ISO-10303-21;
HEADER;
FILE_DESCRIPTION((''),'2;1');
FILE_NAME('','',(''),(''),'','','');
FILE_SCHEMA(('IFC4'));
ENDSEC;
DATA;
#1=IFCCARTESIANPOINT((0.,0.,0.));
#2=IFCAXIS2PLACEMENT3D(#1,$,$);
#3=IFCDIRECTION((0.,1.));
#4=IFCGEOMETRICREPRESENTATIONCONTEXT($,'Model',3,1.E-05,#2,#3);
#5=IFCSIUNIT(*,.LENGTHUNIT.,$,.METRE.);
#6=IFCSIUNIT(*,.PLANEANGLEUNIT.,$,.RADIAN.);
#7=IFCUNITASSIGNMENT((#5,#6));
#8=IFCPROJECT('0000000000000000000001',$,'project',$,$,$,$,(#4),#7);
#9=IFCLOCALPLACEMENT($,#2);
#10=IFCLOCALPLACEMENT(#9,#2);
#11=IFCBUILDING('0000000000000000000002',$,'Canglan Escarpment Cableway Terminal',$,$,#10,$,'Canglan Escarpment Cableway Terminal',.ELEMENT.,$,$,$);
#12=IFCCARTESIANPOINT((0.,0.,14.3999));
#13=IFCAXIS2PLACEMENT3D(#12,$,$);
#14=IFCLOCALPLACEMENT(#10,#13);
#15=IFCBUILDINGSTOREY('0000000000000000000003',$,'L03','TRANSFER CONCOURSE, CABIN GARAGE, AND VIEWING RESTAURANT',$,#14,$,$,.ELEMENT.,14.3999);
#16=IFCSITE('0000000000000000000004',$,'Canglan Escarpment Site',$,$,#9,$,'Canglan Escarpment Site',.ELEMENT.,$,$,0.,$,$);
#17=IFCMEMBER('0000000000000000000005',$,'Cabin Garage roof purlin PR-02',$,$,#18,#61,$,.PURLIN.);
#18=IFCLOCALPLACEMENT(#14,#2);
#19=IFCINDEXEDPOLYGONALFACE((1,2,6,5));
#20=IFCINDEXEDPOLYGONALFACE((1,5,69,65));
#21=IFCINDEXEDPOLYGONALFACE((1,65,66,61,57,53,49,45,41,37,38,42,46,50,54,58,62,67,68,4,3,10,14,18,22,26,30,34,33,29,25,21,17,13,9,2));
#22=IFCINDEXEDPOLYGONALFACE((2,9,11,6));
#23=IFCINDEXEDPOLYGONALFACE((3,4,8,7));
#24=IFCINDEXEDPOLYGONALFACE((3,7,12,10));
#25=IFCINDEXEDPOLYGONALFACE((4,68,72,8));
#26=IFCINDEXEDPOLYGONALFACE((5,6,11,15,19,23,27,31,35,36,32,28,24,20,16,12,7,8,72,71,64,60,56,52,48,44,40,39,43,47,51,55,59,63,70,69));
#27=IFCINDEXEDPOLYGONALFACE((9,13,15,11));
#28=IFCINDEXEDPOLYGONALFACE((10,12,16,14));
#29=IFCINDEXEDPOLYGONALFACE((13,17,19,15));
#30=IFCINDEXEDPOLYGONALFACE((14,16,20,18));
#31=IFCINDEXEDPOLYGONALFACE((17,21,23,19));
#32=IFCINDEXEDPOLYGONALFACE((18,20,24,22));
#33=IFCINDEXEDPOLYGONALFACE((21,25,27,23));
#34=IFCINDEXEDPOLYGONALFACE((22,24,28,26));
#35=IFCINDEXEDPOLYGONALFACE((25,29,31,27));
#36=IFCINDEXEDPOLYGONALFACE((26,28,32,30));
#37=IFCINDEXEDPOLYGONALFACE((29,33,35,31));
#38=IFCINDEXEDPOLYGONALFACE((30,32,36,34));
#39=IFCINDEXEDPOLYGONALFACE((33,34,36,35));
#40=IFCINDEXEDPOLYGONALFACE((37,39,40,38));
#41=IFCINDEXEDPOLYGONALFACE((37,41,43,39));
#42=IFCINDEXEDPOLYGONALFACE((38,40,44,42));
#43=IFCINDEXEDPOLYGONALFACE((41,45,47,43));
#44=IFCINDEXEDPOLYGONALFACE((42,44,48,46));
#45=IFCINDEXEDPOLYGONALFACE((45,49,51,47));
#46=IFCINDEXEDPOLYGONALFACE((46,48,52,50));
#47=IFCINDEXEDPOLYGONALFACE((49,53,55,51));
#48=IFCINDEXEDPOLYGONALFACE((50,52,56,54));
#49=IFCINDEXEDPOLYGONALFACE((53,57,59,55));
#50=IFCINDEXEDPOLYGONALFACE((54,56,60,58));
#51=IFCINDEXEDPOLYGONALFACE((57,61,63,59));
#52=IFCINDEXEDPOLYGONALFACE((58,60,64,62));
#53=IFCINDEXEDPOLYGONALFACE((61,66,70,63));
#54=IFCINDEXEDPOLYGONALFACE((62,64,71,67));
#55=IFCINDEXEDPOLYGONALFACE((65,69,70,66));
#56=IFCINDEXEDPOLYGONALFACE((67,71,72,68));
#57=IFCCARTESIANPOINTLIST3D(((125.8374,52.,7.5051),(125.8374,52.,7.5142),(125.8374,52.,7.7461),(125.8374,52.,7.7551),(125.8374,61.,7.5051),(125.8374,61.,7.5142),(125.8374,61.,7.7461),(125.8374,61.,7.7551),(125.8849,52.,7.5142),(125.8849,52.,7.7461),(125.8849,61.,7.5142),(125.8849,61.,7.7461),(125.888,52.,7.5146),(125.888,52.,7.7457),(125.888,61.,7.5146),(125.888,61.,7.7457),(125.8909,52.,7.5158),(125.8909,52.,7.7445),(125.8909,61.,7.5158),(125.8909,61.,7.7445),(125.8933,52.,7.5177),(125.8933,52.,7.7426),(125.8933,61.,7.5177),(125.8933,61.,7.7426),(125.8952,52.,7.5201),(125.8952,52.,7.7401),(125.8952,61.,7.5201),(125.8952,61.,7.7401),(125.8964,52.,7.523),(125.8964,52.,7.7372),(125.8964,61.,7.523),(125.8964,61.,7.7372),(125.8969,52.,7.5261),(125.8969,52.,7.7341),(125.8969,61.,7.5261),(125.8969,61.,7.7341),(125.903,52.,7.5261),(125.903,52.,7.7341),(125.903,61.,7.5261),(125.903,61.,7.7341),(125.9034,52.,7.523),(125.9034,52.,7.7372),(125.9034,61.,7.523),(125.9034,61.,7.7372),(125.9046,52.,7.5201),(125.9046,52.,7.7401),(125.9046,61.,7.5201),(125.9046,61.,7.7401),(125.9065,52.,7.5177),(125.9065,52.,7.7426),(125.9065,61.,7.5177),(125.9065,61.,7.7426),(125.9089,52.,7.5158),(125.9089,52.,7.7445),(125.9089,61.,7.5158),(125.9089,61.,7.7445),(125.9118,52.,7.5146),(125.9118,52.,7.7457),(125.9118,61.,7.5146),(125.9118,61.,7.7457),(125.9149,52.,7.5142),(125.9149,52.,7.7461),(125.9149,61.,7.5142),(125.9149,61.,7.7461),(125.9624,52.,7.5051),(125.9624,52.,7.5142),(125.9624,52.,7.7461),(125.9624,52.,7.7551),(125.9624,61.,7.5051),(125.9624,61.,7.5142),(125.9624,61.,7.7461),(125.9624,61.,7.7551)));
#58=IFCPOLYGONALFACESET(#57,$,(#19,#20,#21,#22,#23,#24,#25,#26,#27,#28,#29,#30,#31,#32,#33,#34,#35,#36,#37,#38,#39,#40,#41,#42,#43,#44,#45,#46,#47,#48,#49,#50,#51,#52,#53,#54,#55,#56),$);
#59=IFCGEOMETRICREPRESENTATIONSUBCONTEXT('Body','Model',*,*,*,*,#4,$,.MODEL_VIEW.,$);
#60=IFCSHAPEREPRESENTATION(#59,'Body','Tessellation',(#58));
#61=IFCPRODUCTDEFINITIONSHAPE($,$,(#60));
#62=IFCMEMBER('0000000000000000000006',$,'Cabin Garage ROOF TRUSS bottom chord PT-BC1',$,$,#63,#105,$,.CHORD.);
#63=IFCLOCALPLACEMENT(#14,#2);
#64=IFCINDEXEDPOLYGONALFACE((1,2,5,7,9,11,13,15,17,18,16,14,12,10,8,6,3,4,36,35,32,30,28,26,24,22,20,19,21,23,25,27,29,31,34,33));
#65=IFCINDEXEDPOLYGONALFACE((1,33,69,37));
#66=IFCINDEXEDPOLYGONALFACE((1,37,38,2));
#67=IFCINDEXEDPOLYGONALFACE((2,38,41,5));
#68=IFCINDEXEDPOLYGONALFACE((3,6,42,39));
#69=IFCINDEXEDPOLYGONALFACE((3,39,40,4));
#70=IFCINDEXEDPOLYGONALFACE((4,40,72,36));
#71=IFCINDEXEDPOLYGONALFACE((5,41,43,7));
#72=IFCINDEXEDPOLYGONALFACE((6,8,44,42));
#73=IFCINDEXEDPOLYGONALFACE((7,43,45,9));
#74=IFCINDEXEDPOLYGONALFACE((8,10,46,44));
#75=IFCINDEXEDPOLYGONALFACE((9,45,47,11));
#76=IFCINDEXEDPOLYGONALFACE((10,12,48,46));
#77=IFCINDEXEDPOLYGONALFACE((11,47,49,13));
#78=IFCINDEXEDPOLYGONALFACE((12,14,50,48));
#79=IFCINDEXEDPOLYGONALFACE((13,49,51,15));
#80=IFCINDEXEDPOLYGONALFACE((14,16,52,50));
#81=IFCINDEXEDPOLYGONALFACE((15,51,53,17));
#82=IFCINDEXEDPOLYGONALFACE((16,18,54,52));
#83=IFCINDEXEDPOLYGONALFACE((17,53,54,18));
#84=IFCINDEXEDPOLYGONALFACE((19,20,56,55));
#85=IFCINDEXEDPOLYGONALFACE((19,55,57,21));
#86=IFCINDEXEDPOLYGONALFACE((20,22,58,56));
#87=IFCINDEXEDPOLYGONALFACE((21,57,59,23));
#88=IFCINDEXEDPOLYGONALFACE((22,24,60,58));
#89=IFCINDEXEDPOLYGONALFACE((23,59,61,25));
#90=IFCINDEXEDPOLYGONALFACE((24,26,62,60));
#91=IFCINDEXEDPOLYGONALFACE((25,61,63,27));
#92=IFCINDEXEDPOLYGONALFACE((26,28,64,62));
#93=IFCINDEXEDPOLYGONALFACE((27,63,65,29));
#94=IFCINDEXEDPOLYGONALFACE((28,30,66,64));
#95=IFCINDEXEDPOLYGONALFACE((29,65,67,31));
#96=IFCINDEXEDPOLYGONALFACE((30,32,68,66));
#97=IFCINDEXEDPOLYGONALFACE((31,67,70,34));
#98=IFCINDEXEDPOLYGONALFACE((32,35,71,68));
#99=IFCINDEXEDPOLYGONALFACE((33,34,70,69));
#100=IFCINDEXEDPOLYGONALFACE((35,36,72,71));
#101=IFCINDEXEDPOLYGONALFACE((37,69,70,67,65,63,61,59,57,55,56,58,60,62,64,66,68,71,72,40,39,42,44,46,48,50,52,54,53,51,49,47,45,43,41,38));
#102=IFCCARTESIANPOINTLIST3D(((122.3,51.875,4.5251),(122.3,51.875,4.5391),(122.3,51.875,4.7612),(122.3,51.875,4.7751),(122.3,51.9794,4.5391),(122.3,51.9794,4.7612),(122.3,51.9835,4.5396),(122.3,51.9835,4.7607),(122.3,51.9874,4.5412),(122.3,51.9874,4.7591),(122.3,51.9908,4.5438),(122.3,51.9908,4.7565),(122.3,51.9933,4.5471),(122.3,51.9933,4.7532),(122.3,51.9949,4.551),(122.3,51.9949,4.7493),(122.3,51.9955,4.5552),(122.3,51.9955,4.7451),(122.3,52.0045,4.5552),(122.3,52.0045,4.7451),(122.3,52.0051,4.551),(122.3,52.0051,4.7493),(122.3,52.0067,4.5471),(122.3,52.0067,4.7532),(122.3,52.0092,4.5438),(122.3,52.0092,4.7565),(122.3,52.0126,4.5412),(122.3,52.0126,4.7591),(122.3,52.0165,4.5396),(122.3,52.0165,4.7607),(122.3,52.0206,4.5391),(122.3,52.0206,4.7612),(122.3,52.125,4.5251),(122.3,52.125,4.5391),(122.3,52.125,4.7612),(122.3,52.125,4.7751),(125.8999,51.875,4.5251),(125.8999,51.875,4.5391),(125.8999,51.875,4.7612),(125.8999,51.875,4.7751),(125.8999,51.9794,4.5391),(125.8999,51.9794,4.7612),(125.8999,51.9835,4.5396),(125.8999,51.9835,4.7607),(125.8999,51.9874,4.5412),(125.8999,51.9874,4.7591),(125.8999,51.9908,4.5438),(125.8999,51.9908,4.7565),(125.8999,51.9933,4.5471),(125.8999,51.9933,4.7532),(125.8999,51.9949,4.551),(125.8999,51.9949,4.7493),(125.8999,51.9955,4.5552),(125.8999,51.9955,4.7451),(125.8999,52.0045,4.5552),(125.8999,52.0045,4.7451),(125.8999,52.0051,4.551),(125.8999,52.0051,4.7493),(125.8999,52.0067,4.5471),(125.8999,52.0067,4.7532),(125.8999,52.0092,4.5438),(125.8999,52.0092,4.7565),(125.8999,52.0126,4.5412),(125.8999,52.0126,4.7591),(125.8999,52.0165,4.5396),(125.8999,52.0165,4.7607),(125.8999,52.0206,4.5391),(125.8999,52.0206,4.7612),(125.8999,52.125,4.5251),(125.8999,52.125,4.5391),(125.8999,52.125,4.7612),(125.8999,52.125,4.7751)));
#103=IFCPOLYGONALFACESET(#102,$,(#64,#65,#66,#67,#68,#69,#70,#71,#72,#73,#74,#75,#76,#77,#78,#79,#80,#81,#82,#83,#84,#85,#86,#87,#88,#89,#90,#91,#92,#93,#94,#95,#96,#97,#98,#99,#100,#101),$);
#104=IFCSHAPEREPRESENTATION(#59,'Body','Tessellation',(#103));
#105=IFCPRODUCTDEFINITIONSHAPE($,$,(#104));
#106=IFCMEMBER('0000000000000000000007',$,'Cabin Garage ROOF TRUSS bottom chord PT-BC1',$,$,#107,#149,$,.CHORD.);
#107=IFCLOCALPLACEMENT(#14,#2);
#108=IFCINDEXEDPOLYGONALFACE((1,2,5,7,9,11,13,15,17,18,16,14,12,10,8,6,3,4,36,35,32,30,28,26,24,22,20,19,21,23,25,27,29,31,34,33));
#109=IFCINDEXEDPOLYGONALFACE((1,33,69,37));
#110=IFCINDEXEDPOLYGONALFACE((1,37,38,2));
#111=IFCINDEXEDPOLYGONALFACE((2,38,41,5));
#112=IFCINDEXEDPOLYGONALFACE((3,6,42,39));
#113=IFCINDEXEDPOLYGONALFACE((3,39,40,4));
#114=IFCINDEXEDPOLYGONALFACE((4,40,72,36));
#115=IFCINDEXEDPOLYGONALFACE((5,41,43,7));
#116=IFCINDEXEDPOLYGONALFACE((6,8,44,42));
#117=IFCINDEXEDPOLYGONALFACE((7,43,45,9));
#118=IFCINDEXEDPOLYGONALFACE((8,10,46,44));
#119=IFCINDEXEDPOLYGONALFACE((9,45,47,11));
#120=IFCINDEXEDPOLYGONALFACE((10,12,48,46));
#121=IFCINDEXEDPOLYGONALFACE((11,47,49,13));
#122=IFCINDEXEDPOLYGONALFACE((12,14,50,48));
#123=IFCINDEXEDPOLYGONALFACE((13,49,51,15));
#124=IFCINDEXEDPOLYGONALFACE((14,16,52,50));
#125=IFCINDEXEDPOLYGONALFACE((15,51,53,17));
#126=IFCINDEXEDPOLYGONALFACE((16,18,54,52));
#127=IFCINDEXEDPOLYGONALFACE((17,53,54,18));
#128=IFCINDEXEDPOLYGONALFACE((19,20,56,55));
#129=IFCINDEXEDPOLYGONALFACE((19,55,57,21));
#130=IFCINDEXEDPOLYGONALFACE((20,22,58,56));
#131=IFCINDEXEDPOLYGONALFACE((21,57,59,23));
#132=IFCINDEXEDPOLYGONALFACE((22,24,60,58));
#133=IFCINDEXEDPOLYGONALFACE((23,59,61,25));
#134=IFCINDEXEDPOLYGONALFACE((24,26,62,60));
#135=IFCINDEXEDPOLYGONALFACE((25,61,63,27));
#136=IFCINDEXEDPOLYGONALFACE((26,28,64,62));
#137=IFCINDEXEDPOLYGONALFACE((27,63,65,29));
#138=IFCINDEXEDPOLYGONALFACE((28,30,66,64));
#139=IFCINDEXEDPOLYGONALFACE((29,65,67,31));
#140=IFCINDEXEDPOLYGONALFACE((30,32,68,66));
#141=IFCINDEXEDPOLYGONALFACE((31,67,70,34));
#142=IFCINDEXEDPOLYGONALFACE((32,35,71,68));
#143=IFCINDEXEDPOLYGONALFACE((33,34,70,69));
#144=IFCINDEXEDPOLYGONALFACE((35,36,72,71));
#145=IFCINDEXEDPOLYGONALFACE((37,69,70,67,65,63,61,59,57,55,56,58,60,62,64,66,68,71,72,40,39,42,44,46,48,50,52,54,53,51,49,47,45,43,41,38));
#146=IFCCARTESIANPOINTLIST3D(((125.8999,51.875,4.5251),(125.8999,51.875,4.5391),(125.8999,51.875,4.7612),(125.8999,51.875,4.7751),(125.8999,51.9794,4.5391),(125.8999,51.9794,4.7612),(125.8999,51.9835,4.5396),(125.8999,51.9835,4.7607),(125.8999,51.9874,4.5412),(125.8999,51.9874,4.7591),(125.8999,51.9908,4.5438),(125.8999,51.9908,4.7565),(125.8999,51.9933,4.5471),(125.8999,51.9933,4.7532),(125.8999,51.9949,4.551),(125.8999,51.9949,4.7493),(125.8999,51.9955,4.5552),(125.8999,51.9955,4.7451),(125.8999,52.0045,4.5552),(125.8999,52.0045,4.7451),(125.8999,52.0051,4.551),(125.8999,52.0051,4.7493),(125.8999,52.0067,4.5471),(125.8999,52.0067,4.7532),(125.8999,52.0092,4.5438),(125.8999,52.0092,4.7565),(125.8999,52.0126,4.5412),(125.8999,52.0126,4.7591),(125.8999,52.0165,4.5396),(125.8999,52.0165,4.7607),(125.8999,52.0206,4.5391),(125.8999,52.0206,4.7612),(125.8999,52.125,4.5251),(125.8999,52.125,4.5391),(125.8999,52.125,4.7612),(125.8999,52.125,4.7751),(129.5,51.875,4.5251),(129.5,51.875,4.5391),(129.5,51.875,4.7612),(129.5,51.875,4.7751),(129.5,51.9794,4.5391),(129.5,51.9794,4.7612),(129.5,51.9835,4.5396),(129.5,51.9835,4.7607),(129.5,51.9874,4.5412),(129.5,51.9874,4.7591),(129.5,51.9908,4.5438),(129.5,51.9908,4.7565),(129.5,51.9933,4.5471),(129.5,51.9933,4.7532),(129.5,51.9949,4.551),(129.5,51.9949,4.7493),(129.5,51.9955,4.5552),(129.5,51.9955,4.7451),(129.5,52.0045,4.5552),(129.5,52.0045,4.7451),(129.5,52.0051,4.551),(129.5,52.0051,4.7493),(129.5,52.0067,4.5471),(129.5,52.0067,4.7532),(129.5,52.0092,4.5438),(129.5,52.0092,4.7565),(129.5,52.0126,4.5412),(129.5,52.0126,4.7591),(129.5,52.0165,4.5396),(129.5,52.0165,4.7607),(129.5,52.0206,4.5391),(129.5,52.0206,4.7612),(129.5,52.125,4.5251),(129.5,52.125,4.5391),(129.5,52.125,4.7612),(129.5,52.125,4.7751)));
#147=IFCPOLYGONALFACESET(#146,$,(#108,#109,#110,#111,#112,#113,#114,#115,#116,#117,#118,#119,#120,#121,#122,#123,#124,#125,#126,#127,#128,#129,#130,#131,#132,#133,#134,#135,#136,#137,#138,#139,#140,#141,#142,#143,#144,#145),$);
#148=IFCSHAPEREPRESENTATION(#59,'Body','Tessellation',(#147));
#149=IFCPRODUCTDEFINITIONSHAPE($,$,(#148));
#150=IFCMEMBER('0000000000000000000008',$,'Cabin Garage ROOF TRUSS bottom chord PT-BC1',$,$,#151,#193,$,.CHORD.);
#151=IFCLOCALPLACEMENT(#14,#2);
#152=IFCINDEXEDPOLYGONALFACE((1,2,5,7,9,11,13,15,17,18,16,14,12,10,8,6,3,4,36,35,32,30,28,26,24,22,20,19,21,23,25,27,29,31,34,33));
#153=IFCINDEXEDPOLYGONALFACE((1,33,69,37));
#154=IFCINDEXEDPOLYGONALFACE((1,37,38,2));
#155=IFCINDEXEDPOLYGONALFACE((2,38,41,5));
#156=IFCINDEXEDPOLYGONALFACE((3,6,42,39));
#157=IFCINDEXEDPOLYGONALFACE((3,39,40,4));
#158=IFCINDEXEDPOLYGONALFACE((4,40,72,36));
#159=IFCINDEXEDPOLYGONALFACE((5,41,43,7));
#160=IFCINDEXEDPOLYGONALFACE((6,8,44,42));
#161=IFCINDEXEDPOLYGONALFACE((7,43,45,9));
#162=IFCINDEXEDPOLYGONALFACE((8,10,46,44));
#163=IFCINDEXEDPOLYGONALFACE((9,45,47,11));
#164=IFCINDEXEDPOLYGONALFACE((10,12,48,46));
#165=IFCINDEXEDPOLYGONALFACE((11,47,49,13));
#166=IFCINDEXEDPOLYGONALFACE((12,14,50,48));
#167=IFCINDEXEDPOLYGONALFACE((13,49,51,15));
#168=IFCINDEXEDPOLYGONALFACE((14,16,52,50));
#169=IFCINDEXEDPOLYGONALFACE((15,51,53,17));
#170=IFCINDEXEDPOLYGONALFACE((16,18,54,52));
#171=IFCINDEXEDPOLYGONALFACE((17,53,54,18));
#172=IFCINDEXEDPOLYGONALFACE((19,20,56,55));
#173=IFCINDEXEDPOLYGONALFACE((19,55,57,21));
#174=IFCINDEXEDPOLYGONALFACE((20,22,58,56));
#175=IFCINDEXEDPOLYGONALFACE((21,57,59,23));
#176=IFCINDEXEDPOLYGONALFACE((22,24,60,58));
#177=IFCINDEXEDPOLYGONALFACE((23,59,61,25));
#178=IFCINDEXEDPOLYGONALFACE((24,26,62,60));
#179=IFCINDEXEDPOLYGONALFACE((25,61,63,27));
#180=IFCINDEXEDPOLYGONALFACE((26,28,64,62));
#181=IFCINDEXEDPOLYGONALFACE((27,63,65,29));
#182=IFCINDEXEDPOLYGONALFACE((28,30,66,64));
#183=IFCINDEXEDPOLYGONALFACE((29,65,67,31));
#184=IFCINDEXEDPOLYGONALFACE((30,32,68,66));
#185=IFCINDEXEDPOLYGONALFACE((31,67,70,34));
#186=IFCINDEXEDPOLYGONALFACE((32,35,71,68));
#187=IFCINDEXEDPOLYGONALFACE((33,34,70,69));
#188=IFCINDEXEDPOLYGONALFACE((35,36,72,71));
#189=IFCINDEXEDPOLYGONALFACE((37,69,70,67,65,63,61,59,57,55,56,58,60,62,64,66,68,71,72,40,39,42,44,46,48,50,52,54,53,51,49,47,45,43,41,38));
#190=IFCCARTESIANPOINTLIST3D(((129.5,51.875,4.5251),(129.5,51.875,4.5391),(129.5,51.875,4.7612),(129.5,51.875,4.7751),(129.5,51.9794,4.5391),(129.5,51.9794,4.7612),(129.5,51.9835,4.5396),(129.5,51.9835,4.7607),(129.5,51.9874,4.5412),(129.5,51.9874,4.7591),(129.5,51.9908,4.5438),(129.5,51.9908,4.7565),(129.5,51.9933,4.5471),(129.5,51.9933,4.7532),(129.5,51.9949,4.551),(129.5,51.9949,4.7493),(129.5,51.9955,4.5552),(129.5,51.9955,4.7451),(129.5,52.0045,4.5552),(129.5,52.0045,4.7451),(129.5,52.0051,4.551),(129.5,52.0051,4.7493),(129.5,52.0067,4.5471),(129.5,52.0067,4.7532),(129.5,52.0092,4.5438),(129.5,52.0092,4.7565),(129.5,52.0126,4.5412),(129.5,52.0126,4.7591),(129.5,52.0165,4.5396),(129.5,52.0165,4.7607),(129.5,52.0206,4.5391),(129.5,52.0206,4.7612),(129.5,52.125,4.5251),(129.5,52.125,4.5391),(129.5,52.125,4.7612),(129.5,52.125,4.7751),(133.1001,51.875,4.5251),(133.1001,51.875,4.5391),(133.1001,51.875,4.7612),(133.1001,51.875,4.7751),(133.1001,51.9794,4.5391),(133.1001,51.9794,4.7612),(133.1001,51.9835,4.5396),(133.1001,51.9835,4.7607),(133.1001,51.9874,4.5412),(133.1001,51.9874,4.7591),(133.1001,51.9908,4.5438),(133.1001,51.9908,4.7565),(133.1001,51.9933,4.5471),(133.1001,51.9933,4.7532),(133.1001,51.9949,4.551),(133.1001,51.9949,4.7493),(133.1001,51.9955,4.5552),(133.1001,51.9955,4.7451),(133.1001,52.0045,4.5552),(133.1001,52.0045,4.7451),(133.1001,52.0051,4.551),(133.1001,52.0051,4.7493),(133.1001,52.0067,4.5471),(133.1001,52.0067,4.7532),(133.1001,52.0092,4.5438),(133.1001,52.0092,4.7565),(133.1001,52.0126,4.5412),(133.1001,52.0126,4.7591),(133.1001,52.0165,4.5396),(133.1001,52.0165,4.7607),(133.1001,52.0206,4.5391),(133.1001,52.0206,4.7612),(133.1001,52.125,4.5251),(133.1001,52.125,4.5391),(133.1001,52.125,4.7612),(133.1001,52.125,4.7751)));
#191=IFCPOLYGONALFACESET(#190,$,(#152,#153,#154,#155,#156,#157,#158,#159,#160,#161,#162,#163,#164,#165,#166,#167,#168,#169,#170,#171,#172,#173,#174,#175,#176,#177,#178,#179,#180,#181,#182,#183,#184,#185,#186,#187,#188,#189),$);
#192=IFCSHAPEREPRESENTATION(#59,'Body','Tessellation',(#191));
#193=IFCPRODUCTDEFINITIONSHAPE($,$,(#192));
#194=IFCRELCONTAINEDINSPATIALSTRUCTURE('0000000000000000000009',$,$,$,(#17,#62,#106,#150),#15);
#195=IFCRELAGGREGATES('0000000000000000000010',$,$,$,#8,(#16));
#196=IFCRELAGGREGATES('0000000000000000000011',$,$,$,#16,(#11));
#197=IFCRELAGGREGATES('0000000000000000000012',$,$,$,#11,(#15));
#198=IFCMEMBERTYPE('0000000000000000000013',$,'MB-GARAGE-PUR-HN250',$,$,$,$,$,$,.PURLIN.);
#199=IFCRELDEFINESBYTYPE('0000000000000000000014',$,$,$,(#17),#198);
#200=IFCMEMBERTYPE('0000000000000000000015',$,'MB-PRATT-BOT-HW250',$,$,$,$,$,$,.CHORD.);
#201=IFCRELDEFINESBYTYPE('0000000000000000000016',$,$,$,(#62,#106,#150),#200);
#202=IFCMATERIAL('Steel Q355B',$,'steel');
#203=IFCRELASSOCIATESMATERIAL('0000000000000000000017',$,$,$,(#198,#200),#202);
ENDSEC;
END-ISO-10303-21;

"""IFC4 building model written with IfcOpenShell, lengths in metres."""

from ifc_helpers import new_model, si_unit, direction, frame, origin, origin_2d, place, context, subcontext, project, spatial, i_section, extrude, material, material_profile, profile_set, type_object, element, save


model = new_model("IFC4")

# Units and contexts
model_context = context("Model", 3, precision=1e-05, world=origin(), true_north=direction((0.0, 1.0)))
body_context = subcontext(model_context, "Body", "Model", "MODEL_VIEW")
ifc_project = project(units=[si_unit("LENGTHUNIT", "METRE"), si_unit("PLANEANGLEUNIT", "RADIAN")], contexts=[model_context])

# Site, building, storey
site_placement = place(None, origin())
site = spatial("IfcSite", under=ifc_project, at=site_placement, Name="Canglan Escarpment Site", LongName="Canglan Escarpment Site", CompositionType="ELEMENT", RefElevation=0.0)
building_placement = place(site_placement, origin())
building = spatial("IfcBuilding", under=site, at=building_placement, Name="Canglan Escarpment Cableway Terminal", LongName="Canglan Escarpment Cableway Terminal", CompositionType="ELEMENT")
storey_placement = place(building_placement, frame((0.0, 0.0, 14.3999)))
storey = spatial("IfcBuildingStorey", under=building, at=storey_placement, Name="L03", Description="TRANSFER CONCOURSE, CABIN GARAGE, AND VIEWING RESTAURANT", CompositionType="ELEMENT", Elevation=14.3999)

# Shared definitions
ifc_material_1 = material(Name="Steel Q355B", Category="steel")

# Members
ifc_material_profile_1 = material_profile(ifc_material_1, i_section(OverallWidth=0.125, OverallDepth=0.25, WebThickness=0.0061, FlangeThickness=0.009, FilletRadius=0.012, at=origin_2d()), Name="HN 250x125x6x9")
ifc_profile_set_1 = profile_set([ifc_material_profile_1], Name="Steel Q355B")
member_type_1 = type_object("IfcMemberType", Name="MB-GARAGE-PUR-HN250", PredefinedType="PURLIN", material=ifc_profile_set_1)
for number, where, z_axis, x_axis, name in (
    (1, (125.8999, 52.0, 7.6301), (0.0, 1.0, 0.0), (-1.0, 0.0, 0.0), "Cabin Garage roof purlin PR-02"),
):
    element("IfcMember", number, at=place(storey_placement, frame(where, z_axis=z_axis, x_axis=x_axis)), inside=storey, type_object=member_type_1, Name=name, PredefinedType="PURLIN", context=body_context, shape_type="SweptSolid", body=[
        extrude(i_section(OverallWidth=0.125, OverallDepth=0.25, WebThickness=0.0061, FlangeThickness=0.009, FilletRadius=0.012, at=origin_2d()), origin(), (0.0, 0.0, 1.0), 9.0),
    ])
ifc_material_profile_2 = material_profile(ifc_material_1, i_section(OverallWidth=0.25, OverallDepth=0.25, WebThickness=0.009, FlangeThickness=0.0139, FilletRadius=0.0161, at=origin_2d()), Name="HW 250x250x9x14")
ifc_profile_set_2 = profile_set([ifc_material_profile_2], Name="Steel Q355B")
member_type_2 = type_object("IfcMemberType", Name="MB-PRATT-BOT-HW250", PredefinedType="CHORD", material=ifc_profile_set_2)
member_1_placement = place(storey_placement, frame((122.3, 52.0, 4.6501), z_axis=(1.0, 0.0, 0.0), x_axis=(0.0, 1.0, 0.0)))
element("IfcMember", 2, at=member_1_placement, inside=storey, type_object=member_type_2, Name="Cabin Garage ROOF TRUSS bottom chord PT-BC1", PredefinedType="CHORD", context=body_context, shape_type="SweptSolid", body=[
    extrude(i_section(OverallWidth=0.25, OverallDepth=0.25, WebThickness=0.009, FlangeThickness=0.0139, FilletRadius=0.0161, at=origin_2d()), origin(), (0.0, 0.0, 1.0), 3.5999),
])
for number, where, z_axis, x_axis, name in (
    (3, (125.8999, 52.0, 4.6501), (1.0, 0.0, 0.0), (0.0, 1.0, 0.0), "Cabin Garage ROOF TRUSS bottom chord PT-BC1"),
    (4, (129.5, 52.0, 4.6501), (1.0, 0.0, 0.0), (0.0, 1.0, 0.0), "Cabin Garage ROOF TRUSS bottom chord PT-BC1"),
):
    element("IfcMember", number, at=place(storey_placement, frame(where, z_axis=z_axis, x_axis=x_axis)), inside=storey, type_object=member_type_2, Name=name, PredefinedType="CHORD", context=body_context, shape_type="SweptSolid", body=[
        extrude(i_section(OverallWidth=0.25, OverallDepth=0.25, WebThickness=0.009, FlangeThickness=0.0139, FilletRadius=0.0161, at=origin_2d()), origin(), (0.0, 0.0, 1.0), 3.6001),
    ])

save(model, "model.ifc")
